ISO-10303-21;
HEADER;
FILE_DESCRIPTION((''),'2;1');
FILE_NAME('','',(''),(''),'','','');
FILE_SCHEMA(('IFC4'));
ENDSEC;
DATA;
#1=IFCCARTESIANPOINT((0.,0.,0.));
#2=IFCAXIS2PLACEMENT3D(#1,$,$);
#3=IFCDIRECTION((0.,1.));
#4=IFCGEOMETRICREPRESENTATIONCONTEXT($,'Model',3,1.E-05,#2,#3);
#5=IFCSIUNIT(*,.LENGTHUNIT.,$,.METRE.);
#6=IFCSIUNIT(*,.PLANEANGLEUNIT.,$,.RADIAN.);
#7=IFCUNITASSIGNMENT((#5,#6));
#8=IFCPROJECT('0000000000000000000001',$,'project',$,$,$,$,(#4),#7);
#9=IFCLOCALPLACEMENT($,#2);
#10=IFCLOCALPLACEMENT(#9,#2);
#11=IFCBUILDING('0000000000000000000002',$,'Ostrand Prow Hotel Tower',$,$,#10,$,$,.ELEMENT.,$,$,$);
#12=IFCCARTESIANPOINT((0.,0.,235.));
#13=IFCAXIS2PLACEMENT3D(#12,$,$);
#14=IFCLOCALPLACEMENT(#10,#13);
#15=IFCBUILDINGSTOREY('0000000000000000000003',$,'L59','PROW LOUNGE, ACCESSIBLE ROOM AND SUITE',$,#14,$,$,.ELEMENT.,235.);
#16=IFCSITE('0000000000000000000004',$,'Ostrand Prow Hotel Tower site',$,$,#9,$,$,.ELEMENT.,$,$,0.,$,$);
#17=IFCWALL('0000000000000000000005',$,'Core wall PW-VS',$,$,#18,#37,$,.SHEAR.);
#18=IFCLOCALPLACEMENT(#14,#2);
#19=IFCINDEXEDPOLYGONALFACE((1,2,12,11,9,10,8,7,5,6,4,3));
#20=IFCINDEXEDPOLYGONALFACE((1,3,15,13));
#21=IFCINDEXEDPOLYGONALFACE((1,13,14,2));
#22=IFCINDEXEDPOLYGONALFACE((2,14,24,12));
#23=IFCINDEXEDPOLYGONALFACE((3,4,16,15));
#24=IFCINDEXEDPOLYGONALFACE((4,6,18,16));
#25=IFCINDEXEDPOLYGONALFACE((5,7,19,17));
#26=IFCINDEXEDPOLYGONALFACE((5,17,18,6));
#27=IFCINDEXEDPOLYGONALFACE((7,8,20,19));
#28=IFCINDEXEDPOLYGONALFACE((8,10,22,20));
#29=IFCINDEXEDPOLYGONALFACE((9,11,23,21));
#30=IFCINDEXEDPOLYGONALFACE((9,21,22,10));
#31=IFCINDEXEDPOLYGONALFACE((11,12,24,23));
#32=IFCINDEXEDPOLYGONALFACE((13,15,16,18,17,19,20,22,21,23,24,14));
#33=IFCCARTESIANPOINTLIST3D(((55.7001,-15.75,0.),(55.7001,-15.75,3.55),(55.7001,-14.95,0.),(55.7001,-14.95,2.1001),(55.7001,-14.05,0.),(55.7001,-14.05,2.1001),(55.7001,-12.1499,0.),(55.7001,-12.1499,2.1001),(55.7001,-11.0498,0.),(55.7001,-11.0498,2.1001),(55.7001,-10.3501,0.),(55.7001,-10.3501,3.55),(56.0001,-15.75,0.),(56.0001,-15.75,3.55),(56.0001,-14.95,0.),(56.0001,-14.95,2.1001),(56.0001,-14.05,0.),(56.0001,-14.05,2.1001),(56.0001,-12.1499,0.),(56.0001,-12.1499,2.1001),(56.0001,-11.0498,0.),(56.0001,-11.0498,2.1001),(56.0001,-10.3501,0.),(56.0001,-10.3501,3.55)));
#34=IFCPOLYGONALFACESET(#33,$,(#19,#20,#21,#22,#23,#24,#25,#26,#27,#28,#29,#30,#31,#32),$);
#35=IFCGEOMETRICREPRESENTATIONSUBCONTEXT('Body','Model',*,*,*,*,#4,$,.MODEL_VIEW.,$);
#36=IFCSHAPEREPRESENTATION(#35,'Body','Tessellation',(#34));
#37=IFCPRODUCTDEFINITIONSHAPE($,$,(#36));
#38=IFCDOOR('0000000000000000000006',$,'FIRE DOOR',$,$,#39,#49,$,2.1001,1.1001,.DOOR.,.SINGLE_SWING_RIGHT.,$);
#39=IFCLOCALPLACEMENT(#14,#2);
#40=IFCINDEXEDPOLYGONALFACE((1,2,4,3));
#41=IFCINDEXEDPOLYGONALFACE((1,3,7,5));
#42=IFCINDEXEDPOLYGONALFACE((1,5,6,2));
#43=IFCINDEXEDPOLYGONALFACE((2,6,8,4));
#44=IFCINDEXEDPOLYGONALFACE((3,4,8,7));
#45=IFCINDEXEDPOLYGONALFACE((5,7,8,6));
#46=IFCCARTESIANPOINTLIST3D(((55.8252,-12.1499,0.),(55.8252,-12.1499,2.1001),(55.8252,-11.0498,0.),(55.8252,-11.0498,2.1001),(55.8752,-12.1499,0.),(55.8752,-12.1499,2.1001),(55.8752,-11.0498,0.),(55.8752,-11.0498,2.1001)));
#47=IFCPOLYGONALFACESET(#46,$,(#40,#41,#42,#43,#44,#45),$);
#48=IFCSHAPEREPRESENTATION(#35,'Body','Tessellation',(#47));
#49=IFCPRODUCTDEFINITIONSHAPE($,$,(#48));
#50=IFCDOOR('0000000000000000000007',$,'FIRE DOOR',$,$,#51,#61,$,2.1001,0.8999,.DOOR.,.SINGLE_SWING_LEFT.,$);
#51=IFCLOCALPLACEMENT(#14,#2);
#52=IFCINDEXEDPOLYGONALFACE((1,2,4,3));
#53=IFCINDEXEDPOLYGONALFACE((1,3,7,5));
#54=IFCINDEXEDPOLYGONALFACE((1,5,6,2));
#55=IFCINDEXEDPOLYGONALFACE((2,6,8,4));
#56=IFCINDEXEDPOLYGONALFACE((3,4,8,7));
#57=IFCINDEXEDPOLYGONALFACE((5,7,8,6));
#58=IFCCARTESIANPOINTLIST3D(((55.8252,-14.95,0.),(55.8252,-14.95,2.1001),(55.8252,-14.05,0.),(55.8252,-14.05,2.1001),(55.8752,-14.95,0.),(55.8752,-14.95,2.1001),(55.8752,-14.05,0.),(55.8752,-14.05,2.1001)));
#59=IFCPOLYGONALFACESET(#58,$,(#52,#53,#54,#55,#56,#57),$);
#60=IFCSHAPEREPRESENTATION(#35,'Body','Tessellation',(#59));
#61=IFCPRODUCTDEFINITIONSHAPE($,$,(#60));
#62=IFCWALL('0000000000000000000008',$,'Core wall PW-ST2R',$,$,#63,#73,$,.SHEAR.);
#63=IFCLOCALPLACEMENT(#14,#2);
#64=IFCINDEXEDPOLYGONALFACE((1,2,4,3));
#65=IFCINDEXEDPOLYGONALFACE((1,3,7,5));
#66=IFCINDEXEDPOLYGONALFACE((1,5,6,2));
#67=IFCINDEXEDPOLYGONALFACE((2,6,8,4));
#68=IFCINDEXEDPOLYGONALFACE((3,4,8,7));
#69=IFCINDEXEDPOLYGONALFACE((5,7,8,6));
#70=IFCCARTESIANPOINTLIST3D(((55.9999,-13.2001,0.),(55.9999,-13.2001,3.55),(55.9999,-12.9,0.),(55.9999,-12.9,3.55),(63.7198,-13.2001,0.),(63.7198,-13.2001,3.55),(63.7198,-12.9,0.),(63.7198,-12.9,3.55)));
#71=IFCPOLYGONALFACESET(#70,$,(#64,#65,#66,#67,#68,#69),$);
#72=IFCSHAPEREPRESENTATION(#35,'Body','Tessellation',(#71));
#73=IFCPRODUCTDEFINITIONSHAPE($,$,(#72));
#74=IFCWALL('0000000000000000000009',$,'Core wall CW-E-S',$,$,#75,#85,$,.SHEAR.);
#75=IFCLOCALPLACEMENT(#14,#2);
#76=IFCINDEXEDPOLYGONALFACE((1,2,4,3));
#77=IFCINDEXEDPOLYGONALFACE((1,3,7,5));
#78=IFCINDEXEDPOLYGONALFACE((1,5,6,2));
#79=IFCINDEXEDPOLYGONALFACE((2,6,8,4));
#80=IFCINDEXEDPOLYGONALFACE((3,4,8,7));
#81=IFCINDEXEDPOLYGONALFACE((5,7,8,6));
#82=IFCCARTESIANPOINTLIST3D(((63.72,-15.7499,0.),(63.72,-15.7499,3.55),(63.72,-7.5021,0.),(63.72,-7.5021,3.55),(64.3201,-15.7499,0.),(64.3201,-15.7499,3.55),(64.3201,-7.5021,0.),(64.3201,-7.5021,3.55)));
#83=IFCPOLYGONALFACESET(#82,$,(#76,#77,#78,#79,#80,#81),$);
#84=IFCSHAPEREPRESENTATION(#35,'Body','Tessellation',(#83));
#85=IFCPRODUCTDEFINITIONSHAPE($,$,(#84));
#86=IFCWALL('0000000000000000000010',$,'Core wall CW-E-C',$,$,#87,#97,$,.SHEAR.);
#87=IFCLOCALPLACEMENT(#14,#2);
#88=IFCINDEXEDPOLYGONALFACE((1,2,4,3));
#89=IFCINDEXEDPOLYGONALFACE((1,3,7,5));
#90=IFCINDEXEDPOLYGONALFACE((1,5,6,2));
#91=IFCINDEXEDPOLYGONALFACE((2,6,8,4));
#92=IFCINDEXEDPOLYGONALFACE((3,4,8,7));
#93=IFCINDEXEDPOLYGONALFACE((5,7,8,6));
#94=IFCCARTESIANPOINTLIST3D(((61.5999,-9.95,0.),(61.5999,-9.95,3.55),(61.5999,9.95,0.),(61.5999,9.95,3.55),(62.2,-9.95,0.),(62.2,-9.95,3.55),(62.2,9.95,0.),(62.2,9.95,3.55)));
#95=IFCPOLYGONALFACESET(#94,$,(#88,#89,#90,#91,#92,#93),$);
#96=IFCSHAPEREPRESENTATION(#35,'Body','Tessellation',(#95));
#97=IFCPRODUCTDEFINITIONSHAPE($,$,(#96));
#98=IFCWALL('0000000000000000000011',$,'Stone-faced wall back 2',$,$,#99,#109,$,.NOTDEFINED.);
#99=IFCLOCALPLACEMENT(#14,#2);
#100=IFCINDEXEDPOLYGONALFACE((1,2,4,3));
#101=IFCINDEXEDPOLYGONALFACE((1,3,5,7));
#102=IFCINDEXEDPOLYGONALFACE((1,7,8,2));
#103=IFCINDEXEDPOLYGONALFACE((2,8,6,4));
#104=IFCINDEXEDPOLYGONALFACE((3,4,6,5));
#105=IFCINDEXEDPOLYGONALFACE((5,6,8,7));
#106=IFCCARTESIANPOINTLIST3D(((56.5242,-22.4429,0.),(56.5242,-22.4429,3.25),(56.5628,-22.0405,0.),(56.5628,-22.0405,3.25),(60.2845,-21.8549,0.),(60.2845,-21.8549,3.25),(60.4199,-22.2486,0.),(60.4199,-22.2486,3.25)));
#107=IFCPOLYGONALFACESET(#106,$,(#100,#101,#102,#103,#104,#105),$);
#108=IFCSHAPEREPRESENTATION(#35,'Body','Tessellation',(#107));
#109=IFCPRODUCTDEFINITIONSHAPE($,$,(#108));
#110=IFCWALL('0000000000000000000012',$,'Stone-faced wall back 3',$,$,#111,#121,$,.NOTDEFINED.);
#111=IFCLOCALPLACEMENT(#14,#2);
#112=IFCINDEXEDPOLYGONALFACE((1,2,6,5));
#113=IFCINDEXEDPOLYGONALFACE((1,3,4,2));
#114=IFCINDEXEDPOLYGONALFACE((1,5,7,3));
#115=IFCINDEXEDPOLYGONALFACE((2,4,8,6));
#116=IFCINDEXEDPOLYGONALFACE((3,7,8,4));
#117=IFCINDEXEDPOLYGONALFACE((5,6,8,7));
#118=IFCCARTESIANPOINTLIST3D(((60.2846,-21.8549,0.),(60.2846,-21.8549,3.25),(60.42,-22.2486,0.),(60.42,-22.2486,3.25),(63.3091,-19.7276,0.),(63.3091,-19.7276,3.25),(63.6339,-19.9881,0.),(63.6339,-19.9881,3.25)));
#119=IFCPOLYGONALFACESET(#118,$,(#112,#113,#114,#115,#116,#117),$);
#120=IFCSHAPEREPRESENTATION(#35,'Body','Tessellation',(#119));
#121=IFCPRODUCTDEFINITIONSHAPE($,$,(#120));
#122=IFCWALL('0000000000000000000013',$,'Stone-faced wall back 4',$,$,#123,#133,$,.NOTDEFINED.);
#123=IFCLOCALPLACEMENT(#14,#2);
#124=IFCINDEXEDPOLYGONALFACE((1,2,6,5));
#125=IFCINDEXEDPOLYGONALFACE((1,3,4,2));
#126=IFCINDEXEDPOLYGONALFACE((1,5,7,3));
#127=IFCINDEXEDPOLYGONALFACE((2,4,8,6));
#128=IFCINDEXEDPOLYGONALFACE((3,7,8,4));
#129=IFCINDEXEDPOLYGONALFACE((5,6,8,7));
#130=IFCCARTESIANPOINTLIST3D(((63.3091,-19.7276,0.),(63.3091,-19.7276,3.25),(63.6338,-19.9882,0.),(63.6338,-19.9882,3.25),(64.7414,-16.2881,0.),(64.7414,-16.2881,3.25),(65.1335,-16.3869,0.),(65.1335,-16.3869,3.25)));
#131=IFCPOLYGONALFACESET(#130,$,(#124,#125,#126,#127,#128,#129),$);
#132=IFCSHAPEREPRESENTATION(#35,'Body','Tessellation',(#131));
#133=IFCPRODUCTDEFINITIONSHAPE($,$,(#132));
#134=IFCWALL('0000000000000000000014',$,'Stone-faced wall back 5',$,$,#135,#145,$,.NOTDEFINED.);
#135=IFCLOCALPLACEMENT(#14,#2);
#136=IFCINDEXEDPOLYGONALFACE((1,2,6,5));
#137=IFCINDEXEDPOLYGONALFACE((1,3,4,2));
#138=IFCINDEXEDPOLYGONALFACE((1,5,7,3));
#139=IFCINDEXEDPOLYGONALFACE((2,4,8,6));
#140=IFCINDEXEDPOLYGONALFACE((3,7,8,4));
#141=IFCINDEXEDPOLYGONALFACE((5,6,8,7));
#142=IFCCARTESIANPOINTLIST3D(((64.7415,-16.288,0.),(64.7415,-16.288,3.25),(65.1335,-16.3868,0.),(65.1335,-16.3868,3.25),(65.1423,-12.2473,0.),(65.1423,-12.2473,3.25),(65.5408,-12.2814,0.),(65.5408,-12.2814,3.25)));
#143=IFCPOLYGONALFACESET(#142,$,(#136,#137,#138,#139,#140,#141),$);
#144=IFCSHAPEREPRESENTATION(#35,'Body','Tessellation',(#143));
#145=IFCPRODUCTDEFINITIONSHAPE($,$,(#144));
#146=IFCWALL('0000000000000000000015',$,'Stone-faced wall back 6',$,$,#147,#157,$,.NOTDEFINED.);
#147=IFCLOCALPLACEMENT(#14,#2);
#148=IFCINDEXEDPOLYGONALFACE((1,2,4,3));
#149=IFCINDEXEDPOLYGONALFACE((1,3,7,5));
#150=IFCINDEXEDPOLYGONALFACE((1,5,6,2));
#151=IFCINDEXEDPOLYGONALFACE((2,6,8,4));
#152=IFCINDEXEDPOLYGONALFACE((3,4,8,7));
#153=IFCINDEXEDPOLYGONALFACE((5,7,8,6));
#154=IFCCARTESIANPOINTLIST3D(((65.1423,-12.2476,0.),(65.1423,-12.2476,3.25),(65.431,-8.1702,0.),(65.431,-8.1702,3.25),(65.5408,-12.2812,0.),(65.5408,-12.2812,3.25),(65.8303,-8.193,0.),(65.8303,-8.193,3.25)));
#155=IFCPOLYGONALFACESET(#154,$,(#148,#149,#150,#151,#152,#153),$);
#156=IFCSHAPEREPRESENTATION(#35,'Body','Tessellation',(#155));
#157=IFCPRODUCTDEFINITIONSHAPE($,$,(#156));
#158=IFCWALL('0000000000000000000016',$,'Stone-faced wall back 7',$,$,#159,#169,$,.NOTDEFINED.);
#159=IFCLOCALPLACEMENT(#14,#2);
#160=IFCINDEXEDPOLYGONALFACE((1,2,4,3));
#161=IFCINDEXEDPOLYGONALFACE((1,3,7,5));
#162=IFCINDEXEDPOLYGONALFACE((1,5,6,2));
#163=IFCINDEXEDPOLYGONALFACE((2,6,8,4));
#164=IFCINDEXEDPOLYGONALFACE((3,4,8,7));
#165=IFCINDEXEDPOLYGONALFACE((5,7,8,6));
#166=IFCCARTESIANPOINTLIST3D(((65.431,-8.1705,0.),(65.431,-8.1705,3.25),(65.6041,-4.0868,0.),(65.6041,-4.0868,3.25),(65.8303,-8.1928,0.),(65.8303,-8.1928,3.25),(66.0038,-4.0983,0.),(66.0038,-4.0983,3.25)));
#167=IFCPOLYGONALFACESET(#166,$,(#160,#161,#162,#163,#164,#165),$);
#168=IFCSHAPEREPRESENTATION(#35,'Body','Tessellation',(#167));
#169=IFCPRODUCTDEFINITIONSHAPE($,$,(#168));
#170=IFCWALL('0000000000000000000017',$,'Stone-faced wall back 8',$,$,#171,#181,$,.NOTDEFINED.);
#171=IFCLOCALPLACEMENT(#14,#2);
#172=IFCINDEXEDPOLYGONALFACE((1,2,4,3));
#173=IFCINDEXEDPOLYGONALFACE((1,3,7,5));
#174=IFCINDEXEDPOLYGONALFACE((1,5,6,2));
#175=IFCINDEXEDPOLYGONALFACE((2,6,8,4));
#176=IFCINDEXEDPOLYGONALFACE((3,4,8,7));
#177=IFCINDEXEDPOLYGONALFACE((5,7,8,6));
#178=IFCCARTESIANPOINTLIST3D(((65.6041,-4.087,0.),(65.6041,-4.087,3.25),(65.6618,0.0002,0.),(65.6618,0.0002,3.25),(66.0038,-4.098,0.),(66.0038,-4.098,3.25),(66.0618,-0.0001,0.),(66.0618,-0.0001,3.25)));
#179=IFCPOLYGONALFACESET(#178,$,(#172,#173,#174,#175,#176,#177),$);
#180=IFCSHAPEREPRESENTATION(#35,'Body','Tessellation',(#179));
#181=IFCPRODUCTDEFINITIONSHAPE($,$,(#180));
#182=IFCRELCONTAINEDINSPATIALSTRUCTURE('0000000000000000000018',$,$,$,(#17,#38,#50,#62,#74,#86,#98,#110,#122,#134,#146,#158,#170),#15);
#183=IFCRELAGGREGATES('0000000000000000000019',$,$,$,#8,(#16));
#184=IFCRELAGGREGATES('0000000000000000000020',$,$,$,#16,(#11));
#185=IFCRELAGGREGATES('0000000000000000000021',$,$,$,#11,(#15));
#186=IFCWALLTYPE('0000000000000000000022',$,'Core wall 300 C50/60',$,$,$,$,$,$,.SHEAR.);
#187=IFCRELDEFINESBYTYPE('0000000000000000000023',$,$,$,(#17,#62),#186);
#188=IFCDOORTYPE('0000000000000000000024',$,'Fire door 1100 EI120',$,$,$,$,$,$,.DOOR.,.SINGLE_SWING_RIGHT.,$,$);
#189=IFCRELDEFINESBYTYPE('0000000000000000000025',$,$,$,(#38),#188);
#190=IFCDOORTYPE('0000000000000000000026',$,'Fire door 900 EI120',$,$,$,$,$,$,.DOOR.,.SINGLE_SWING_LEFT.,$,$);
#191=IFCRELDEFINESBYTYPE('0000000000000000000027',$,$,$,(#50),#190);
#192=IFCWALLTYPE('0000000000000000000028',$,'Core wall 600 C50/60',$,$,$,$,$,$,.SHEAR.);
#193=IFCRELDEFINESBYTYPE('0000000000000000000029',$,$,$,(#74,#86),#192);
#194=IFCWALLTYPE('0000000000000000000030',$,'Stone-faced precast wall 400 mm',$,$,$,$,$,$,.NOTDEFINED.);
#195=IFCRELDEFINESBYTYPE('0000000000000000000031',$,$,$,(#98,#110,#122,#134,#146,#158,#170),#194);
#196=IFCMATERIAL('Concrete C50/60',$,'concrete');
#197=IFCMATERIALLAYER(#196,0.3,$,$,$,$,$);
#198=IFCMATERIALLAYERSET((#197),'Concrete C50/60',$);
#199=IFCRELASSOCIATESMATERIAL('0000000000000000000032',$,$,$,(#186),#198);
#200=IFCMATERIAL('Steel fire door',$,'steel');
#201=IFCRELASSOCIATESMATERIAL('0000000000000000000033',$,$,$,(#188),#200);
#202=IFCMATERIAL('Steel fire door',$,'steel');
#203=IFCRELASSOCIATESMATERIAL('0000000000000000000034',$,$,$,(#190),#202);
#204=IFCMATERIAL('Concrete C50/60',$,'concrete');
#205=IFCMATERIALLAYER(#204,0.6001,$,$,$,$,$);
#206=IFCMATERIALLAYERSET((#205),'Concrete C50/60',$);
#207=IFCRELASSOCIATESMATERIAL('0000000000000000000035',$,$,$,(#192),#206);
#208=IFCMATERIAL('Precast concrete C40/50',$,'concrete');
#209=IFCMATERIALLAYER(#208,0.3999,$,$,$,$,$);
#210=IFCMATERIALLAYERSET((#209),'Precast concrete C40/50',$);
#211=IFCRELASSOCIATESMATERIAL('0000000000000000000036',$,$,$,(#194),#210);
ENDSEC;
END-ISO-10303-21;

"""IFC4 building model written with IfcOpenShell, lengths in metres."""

from ifc_helpers import new_model, si_unit, direction, frame, frame_2d, origin, place, context, subcontext, project, spatial, polyline, rectangle, outline, extrude, material, layer, layer_set, type_object, element, fill, save


model = new_model("IFC4")

# Units and contexts
model_context = context("Model", 3, precision=1e-05, world=origin(), true_north=direction((0.0, 1.0)))
body_context = subcontext(model_context, "Body", "Model", "MODEL_VIEW")
ifc_project = project(units=[si_unit("LENGTHUNIT", "METRE"), si_unit("PLANEANGLEUNIT", "RADIAN")], contexts=[model_context])

# Site, building, storey
site_placement = place(None, origin())
site = spatial("IfcSite", under=ifc_project, at=site_placement, Name="Ostrand Prow Hotel Tower site", CompositionType="ELEMENT", RefElevation=0.0)
building_placement = place(site_placement, origin())
building = spatial("IfcBuilding", under=site, at=building_placement, Name="Ostrand Prow Hotel Tower", CompositionType="ELEMENT")
storey_placement = place(building_placement, frame((0.0, 0.0, 235.0)))
storey = spatial("IfcBuildingStorey", under=building, at=storey_placement, Name="L59", Description="PROW LOUNGE, ACCESSIBLE ROOM AND SUITE", CompositionType="ELEMENT", Elevation=235.0)

# Shared definitions
ifc_material_1 = material(Name="Concrete C50/60", Category="concrete")
ifc_layer_1 = layer(ifc_material_1, 0.3)
ifc_layer_set_1 = layer_set([ifc_layer_1], Name="Concrete C50/60")
wall_type_1 = type_object("IfcWallType", Name="Core wall 300 C50/60", PredefinedType="SHEAR", material=ifc_layer_set_1)

# Wall, openings, doors
wall_1_placement = place(storey_placement, frame((55.8501, -15.75, 0.0), z_axis=(0.0, 0.0, 1.0), x_axis=(0.0, 1.0, 0.0)))
wall_1 = element("IfcWall", 1, at=wall_1_placement, inside=storey, type_object=wall_type_1, Name="Core wall PW-VS", PredefinedType="SHEAR", context=body_context, shape_type="SweptSolid", body=[
    extrude(rectangle(XDim=5.3999, YDim=0.3, at=frame_2d((2.7, 0.0))), origin(), (0.0, 0.0, 1.0), 3.55),
])
opening_1_placement = place(wall_1_placement, frame((3.6001, 0.0, 0.0)))
opening_1 = element("IfcOpeningElement", 2, at=opening_1_placement, cuts=wall_1, PredefinedType="OPENING", context=body_context, shape_type="SweptSolid", body=[
    extrude(rectangle(XDim=1.1001, YDim=2.1001, at=frame_2d((0.55, 1.05))), frame((0.0, 0.1599, 0.0), z_axis=(0.0, -1.0, 0.0), x_axis=(1.0, 0.0, 0.0)), (0.0, 0.0, 1.0), 0.3201),
])
opening_2_placement = place(wall_1_placement, frame((0.8, 0.0, 0.0)))
opening_2 = element("IfcOpeningElement", 3, at=opening_2_placement, cuts=wall_1, PredefinedType="OPENING", context=body_context, shape_type="SweptSolid", body=[
    extrude(rectangle(XDim=0.8999, YDim=2.1001, at=frame_2d((0.45, 1.05))), frame((0.0, 0.1599, 0.0), z_axis=(0.0, -1.0, 0.0), x_axis=(1.0, 0.0, 0.0)), (0.0, 0.0, 1.0), 0.3201),
])
ifc_material_2 = material(Name="Steel fire door", Category="steel")
door_type_1 = type_object("IfcDoorType", Name="Fire door 1100 EI120", OperationType="SINGLE_SWING_RIGHT", PredefinedType="DOOR", material=ifc_material_2)
door_1_placement = place(opening_1_placement, origin())
door_1 = element("IfcDoor", 4, at=door_1_placement, inside=storey, type_object=door_type_1, Name="FIRE DOOR", OperationType="SINGLE_SWING_RIGHT", OverallHeight=2.1001, OverallWidth=1.1001, PredefinedType="DOOR", context=body_context, shape_type="SweptSolid", body=[
    extrude(rectangle(XDim=1.1001, YDim=2.1001, at=frame_2d((0.55, 1.05))), frame((0.0, 0.0249, 0.0), z_axis=(0.0, -1.0, 0.0), x_axis=(1.0, 0.0, 0.0)), (0.0, 0.0, 1.0), 0.05),
])
fill(opening_1, door_1)
ifc_material_3 = material(Name="Steel fire door", Category="steel")
door_type_2 = type_object("IfcDoorType", Name="Fire door 900 EI120", OperationType="SINGLE_SWING_LEFT", PredefinedType="DOOR", material=ifc_material_3)
door_2_placement = place(opening_2_placement, origin())
door_2 = element("IfcDoor", 5, at=door_2_placement, inside=storey, type_object=door_type_2, Name="FIRE DOOR", OperationType="SINGLE_SWING_LEFT", OverallHeight=2.1001, OverallWidth=0.8999, PredefinedType="DOOR", context=body_context, shape_type="SweptSolid", body=[
    extrude(rectangle(XDim=0.8999, YDim=2.1001, at=frame_2d((0.45, 1.05))), frame((0.0, 0.0249, 0.0), z_axis=(0.0, -1.0, 0.0), x_axis=(1.0, 0.0, 0.0)), (0.0, 0.0, 1.0), 0.05),
])
fill(opening_2, door_2)

# Walls
wall_2_placement = place(storey_placement, frame((56.0, -13.05, 0.0), z_axis=(0.0, 0.0, 1.0), x_axis=(1.0, 0.0, 0.0)))
element("IfcWall", 6, at=wall_2_placement, inside=storey, type_object=wall_type_1, Name="Core wall PW-ST2R", PredefinedType="SHEAR", context=body_context, shape_type="SweptSolid", body=[
    extrude(rectangle(XDim=7.72, YDim=0.3, at=frame_2d((3.8599, 0.0))), origin(), (0.0, 0.0, 1.0), 3.55),
])
ifc_material_4 = material(Name="Concrete C50/60", Category="concrete")
ifc_layer_2 = layer(ifc_material_4, 0.6001)
ifc_layer_set_2 = layer_set([ifc_layer_2], Name="Concrete C50/60")
wall_type_2 = type_object("IfcWallType", Name="Core wall 600 C50/60", PredefinedType="SHEAR", material=ifc_layer_set_2)
wall_3_placement = place(storey_placement, frame((64.02, -15.75, 0.0), z_axis=(0.0, 0.0, 1.0), x_axis=(0.0, 1.0, 0.0)))
element("IfcWall", 7, at=wall_3_placement, inside=storey, type_object=wall_type_2, Name="Core wall CW-E-S", PredefinedType="SHEAR", context=body_context, shape_type="SweptSolid", body=[
    extrude(rectangle(XDim=8.2478, YDim=0.6001, at=frame_2d((4.124, 0.0))), origin(), (0.0, 0.0, 1.0), 3.55),
])
wall_4_placement = place(storey_placement, frame((61.8999, -9.95, 0.0), z_axis=(0.0, 0.0, 1.0), x_axis=(0.0, 1.0, 0.0)))
element("IfcWall", 8, at=wall_4_placement, inside=storey, type_object=wall_type_2, Name="Core wall CW-E-C", PredefinedType="SHEAR", context=body_context, shape_type="SweptSolid", body=[
    extrude(rectangle(XDim=19.8999, YDim=0.6001, at=frame_2d((9.95, 0.0))), origin(), (0.0, 0.0, 1.0), 3.55),
])
ifc_material_5 = material(Name="Precast concrete C40/50", Category="concrete")
ifc_layer_3 = layer(ifc_material_5, 0.3999)
ifc_layer_set_3 = layer_set([ifc_layer_3], Name="Precast concrete C40/50")
wall_type_3 = type_object("IfcWallType", Name="Stone-faced precast wall 400 mm", PredefinedType="NOTDEFINED", material=ifc_layer_set_3)
wall_5_placement = place(storey_placement, frame((56.5435, -22.2417, 0.0), z_axis=(0.0, 0.0, 1.0), x_axis=(0.998759, 0.049807, 0.0)))
element("IfcWall", 9, at=wall_5_placement, inside=storey, type_object=wall_type_3, Name="Stone-faced wall back 2", PredefinedType="NOTDEFINED", context=body_context, shape_type="SweptSolid", body=[
    extrude(outline(polyline([(-0.0293, -0.2), (3.8713, -0.2), (3.7556, 0.2), (0.0293, 0.2), (-0.0293, -0.2)])), origin(), (0.0, 0.0, 1.0), 3.25),
])
wall_6_placement = place(storey_placement, frame((60.3523, -22.0518, 0.0), z_axis=(0.0, 0.0, 1.0), x_axis=(0.817943, 0.5753, 0.0)))
element("IfcWall", 10, at=wall_6_placement, inside=storey, type_object=wall_type_3, Name="Stone-faced wall back 3", PredefinedType="NOTDEFINED", context=body_context, shape_type="SweptSolid", body=[
    extrude(outline(polyline([(-0.0579, -0.2), (3.8713, -0.2), (3.7556, 0.2), (0.0579, 0.2), (-0.0579, -0.2)])), origin(), (0.0, 0.0, 1.0), 3.25),
])
wall_7_placement = place(storey_placement, frame((63.4714, -19.8579, 0.0), z_axis=(0.0, 0.0, 1.0), x_axis=(0.384434, 0.923153, 0.0)))
element("IfcWall", 11, at=wall_7_placement, inside=storey, type_object=wall_type_3, Name="Stone-faced wall back 4", PredefinedType="NOTDEFINED", context=body_context, shape_type="SweptSolid", body=[
    extrude(outline(polyline([(-0.0579, -0.2), (3.8433, -0.2), (3.7837, 0.2), (0.0579, 0.2), (-0.0579, -0.2)])), origin(), (0.0, 0.0, 1.0), 3.25),
])
wall_8_placement = place(storey_placement, frame((64.9375, -16.3374, 0.0), z_axis=(0.0, 0.0, 1.0), x_axis=(0.098718, 0.995115, 0.0)))
element("IfcWall", 12, at=wall_8_placement, inside=storey, type_object=wall_type_3, Name="Stone-faced wall back 5", PredefinedType="NOTDEFINED", context=body_context, shape_type="SweptSolid", body=[
    extrude(outline(polyline([(-0.0298, -0.2), (4.0957, -0.2), (4.0903, 0.2), (0.0298, 0.2), (-0.0298, -0.2)])), origin(), (0.0, 0.0, 1.0), 3.25),
])
wall_9_placement = place(storey_placement, frame((65.3416, -12.2644, 0.0), z_axis=(0.0, 0.0, 1.0), x_axis=(0.070624, 0.997503, 0.0)))
element("IfcWall", 13, at=wall_9_placement, inside=storey, type_object=wall_type_3, Name="Stone-faced wall back 6", PredefinedType="NOTDEFINED", context=body_context, shape_type="SweptSolid", body=[
    extrude(outline(polyline([(-0.0027, -0.2), (4.0957, -0.2), (4.0903, 0.2), (0.0027, 0.2), (-0.0027, -0.2)])), origin(), (0.0, 0.0, 1.0), 3.25),
])
wall_10_placement = place(storey_placement, frame((65.6306, -8.1816, 0.0), z_axis=(0.0, 0.0, 1.0), x_axis=(0.042353, 0.999103, 0.0)))
element("IfcWall", 14, at=wall_10_placement, inside=storey, type_object=wall_type_3, Name="Stone-faced wall back 7", PredefinedType="NOTDEFINED", context=body_context, shape_type="SweptSolid", body=[
    extrude(outline(polyline([(-0.0027, -0.2), (4.0955, -0.2), (4.0901, 0.2), (0.0027, 0.2), (-0.0027, -0.2)])), origin(), (0.0, 0.0, 1.0), 3.25),
])
wall_11_placement = place(storey_placement, frame((65.804, -4.0925, 0.0), z_axis=(0.0, 0.0, 1.0), x_axis=(0.014137, 0.9999, 0.0)))
element("IfcWall", 15, at=wall_11_placement, inside=storey, type_object=wall_type_3, Name="Stone-faced wall back 8", PredefinedType="NOTDEFINED", context=body_context, shape_type="SweptSolid", body=[
    extrude(outline(polyline([(-0.0027, -0.2), (4.0957, -0.2), (4.0903, 0.2), (0.0027, 0.2), (-0.0027, -0.2)])), origin(), (0.0, 0.0, 1.0), 3.25),
])

save(model, "model.ifc")
